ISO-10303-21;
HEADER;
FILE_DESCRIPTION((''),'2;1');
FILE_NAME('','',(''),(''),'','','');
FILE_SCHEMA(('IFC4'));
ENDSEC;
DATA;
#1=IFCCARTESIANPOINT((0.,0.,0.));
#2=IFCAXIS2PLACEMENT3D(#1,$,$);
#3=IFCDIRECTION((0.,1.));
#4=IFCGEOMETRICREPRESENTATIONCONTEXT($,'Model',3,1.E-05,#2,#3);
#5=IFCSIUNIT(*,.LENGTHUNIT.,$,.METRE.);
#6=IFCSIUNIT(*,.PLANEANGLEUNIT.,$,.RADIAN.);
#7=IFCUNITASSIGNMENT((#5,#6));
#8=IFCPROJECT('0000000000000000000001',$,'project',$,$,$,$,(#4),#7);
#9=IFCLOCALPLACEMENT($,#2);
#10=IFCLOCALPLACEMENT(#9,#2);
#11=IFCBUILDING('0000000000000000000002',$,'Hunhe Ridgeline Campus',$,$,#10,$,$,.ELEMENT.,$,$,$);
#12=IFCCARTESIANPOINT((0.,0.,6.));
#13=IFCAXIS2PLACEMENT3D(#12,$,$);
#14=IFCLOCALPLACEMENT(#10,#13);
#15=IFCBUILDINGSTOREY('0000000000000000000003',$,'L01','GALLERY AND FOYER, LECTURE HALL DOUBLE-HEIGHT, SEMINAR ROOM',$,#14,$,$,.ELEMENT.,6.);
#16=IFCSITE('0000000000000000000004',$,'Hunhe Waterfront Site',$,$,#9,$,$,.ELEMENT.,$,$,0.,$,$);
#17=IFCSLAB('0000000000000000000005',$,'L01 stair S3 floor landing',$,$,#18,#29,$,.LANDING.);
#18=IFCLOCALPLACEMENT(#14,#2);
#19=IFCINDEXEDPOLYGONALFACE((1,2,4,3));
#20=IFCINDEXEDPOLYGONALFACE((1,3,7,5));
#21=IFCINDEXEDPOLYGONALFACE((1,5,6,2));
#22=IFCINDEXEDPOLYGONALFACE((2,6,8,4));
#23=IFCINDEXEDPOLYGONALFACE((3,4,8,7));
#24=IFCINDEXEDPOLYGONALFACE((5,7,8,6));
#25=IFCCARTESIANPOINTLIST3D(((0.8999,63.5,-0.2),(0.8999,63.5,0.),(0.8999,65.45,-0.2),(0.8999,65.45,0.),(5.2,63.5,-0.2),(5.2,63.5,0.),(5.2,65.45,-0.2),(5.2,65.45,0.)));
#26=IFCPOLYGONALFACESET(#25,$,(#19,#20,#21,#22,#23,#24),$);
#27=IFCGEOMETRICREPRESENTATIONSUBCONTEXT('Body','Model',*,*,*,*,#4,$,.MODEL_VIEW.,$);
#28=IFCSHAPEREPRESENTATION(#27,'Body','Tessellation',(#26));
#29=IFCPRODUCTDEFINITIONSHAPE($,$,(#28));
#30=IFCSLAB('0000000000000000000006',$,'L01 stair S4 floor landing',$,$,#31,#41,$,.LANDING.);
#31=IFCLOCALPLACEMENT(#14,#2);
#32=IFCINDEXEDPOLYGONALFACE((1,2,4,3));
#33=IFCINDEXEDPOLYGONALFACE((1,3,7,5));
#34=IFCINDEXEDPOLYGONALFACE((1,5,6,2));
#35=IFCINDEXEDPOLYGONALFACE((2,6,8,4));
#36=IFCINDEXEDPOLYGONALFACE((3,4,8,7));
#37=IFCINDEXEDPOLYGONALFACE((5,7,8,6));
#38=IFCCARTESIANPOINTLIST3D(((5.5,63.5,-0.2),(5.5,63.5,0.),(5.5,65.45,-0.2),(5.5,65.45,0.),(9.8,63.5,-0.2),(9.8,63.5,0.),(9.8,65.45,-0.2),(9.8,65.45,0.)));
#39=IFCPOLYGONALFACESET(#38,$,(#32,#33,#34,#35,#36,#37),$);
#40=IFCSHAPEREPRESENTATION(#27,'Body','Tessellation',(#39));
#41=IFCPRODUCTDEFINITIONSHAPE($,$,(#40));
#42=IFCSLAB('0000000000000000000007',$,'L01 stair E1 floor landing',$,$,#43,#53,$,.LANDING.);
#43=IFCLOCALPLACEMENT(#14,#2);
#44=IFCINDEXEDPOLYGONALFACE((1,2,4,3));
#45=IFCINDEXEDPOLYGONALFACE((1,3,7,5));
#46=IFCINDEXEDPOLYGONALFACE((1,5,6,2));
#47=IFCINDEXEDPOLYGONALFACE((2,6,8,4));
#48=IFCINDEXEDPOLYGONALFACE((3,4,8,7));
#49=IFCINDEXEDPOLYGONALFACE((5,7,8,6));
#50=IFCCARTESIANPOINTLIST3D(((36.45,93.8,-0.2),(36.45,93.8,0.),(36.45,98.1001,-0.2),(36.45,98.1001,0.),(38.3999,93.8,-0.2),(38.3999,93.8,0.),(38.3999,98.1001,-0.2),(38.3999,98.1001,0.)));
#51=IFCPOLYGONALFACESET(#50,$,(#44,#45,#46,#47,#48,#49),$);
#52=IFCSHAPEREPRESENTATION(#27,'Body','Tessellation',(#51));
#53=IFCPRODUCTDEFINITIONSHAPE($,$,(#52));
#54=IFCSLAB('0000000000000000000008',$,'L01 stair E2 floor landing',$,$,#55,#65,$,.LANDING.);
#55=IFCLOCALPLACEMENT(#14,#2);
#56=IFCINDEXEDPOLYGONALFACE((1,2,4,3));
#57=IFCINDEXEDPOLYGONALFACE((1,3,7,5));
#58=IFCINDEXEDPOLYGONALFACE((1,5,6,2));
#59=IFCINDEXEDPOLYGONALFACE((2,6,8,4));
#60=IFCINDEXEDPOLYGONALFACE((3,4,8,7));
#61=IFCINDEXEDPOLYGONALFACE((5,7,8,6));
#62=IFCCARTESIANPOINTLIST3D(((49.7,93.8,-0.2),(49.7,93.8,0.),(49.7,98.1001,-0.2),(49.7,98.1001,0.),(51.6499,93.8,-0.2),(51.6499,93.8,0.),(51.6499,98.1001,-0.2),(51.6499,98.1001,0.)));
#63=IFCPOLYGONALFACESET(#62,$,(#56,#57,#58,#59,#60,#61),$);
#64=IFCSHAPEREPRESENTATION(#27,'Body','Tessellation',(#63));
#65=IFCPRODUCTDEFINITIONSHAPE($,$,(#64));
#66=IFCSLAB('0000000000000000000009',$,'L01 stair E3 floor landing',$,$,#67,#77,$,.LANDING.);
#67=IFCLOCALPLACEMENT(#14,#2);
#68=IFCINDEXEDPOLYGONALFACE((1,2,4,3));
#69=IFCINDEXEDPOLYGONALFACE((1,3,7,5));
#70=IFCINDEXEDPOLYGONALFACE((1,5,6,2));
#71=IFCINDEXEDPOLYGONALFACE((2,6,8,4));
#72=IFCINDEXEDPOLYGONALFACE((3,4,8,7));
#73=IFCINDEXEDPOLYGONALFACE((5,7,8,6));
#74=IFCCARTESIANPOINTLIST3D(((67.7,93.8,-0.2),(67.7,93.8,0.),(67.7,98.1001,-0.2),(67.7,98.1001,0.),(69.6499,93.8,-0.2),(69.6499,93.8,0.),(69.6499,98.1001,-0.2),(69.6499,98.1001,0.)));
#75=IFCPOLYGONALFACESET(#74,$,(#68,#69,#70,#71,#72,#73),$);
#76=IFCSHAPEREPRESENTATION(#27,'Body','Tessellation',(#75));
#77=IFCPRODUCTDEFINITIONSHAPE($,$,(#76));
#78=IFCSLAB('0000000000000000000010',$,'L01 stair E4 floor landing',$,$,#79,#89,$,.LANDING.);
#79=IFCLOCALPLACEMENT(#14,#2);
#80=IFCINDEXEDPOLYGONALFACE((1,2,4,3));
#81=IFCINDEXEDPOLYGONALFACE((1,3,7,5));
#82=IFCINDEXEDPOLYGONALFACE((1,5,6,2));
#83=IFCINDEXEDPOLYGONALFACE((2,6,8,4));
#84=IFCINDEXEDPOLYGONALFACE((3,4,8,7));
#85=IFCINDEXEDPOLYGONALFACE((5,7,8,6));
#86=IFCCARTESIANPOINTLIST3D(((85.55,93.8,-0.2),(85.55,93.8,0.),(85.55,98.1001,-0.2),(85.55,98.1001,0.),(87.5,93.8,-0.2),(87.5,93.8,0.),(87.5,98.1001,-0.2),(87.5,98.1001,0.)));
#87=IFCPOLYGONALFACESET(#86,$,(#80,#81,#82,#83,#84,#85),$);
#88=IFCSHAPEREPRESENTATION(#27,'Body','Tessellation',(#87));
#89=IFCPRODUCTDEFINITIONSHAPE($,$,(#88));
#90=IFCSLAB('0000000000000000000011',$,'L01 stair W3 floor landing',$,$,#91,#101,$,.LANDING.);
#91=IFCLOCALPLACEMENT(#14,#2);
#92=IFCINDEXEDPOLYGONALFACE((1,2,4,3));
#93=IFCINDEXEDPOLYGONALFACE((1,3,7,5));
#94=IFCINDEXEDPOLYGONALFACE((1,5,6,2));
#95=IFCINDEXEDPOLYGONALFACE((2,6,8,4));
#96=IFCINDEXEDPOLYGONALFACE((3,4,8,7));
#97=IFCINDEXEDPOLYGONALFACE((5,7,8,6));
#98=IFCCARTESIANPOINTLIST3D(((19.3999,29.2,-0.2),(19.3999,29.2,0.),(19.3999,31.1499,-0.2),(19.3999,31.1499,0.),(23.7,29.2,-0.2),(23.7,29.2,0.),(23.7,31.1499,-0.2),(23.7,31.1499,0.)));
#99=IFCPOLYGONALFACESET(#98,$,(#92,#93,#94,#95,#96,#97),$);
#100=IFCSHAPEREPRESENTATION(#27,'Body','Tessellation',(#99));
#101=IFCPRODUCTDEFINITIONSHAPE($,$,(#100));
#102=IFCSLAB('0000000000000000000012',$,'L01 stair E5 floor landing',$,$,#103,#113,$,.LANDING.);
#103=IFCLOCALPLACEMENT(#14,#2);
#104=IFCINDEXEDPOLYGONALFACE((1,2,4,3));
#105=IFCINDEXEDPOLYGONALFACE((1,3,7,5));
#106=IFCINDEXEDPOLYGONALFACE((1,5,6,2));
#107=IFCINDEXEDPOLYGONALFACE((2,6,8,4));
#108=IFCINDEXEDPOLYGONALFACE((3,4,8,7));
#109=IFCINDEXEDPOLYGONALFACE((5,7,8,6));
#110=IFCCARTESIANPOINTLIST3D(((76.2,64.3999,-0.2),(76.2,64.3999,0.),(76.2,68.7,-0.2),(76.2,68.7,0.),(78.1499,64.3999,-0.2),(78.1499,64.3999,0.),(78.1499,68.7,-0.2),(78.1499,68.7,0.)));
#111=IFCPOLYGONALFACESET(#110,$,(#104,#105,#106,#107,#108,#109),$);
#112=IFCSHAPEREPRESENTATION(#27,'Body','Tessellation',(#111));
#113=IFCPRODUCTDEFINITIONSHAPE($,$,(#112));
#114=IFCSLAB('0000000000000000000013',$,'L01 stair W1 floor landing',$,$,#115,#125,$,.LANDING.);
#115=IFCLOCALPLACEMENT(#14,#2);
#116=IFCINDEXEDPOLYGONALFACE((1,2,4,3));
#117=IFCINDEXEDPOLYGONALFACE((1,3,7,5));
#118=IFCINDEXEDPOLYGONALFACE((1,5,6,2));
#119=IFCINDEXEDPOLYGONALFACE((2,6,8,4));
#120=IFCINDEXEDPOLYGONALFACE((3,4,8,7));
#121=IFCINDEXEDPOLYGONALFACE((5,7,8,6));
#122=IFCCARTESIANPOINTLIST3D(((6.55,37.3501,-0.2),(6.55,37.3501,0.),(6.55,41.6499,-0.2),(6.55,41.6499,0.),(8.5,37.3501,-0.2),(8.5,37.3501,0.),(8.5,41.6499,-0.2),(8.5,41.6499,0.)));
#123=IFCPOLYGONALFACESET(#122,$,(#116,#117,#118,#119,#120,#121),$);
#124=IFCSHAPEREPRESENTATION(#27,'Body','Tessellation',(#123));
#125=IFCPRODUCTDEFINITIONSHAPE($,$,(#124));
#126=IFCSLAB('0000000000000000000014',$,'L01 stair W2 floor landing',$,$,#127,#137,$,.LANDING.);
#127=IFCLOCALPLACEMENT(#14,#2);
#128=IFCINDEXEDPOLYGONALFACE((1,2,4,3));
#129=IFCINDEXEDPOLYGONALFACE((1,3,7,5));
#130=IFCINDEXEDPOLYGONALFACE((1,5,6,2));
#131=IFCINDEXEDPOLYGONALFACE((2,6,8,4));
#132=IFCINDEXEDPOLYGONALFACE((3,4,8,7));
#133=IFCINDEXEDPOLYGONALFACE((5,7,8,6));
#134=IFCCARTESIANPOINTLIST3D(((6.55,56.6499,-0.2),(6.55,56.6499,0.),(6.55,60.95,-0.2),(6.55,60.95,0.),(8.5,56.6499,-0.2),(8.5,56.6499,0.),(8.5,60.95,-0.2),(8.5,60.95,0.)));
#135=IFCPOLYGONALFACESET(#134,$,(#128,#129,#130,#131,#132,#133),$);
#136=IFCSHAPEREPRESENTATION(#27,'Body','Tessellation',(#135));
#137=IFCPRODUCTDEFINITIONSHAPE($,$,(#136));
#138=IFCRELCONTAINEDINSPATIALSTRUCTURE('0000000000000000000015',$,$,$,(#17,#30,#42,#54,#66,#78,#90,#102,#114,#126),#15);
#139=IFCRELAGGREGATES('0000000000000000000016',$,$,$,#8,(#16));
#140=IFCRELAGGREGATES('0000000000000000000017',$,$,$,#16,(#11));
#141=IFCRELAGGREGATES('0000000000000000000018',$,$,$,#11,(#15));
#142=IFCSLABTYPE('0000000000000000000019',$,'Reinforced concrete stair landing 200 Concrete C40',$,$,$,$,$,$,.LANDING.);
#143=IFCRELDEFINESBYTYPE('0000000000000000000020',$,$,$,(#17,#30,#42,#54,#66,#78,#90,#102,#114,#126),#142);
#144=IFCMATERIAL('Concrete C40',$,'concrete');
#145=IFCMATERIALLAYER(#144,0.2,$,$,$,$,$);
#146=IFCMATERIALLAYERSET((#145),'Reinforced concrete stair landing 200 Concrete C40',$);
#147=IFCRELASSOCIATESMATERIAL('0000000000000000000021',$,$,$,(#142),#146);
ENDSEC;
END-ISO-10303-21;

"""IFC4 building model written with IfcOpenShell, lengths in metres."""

from ifc_helpers import new_model, si_unit, direction, frame, origin, place, context, subcontext, project, spatial, polyline, outline, extrude, material, layer, layer_set, type_object, element, save


model = new_model("IFC4")

# Units and contexts
model_context = context("Model", 3, precision=1e-05, world=origin(), true_north=direction((0.0, 1.0)))
body_context = subcontext(model_context, "Body", "Model", "MODEL_VIEW")
ifc_project = project(units=[si_unit("LENGTHUNIT", "METRE"), si_unit("PLANEANGLEUNIT", "RADIAN")], contexts=[model_context])

# Site, building, storey
site_placement = place(None, origin())
site = spatial("IfcSite", under=ifc_project, at=site_placement, Name="Hunhe Waterfront Site", CompositionType="ELEMENT", RefElevation=0.0)
building_placement = place(site_placement, origin())
building = spatial("IfcBuilding", under=site, at=building_placement, Name="Hunhe Ridgeline Campus", CompositionType="ELEMENT")
storey_placement = place(building_placement, frame((0.0, 0.0, 6.0)))
storey = spatial("IfcBuildingStorey", under=building, at=storey_placement, Name="L01", Description="GALLERY AND FOYER, LECTURE HALL DOUBLE-HEIGHT, SEMINAR ROOM", CompositionType="ELEMENT", Elevation=6.0)

# Shared definitions
ifc_material = material(Name="Concrete C40", Category="concrete")

# Slabs
ifc_layer_1 = layer(ifc_material, 0.2)
ifc_layer_set_1 = layer_set([ifc_layer_1], Name="Reinforced concrete stair landing 200 Concrete C40")
slab_type_1 = type_object("IfcSlabType", Name="Reinforced concrete stair landing 200 Concrete C40", PredefinedType="LANDING", material=ifc_layer_set_1)
slab_1_placement = place(storey_placement, frame((0.0, 0.0, -0.2)))
element("IfcSlab", 1, at=slab_1_placement, inside=storey, type_object=slab_type_1, Name="L01 stair S3 floor landing", PredefinedType="LANDING", context=body_context, shape_type="SweptSolid", body=[
    extrude(outline(polyline([(5.2, 63.5), (5.2, 65.45), (0.8999, 65.45), (0.8999, 63.5), (5.2, 63.5)])), origin(), (0.0, 0.0, 1.0), 0.2),
])
slab_2_placement = place(storey_placement, frame((0.0, 0.0, -0.2)))
element("IfcSlab", 2, at=slab_2_placement, inside=storey, type_object=slab_type_1, Name="L01 stair S4 floor landing", PredefinedType="LANDING", context=body_context, shape_type="SweptSolid", body=[
    extrude(outline(polyline([(9.8, 63.5), (9.8, 65.45), (5.5, 65.45), (5.5, 63.5), (9.8, 63.5)])), origin(), (0.0, 0.0, 1.0), 0.2),
])
slab_3_placement = place(storey_placement, frame((0.0, 0.0, -0.2)))
element("IfcSlab", 3, at=slab_3_placement, inside=storey, type_object=slab_type_1, Name="L01 stair E1 floor landing", PredefinedType="LANDING", context=body_context, shape_type="SweptSolid", body=[
    extrude(outline(polyline([(36.45, 93.8), (38.3999, 93.8), (38.3999, 98.1001), (36.45, 98.1001), (36.45, 93.8)])), origin(), (0.0, 0.0, 1.0), 0.2),
])
slab_4_placement = place(storey_placement, frame((0.0, 0.0, -0.2)))
element("IfcSlab", 4, at=slab_4_placement, inside=storey, type_object=slab_type_1, Name="L01 stair E2 floor landing", PredefinedType="LANDING", context=body_context, shape_type="SweptSolid", body=[
    extrude(outline(polyline([(49.7, 93.8), (51.6499, 93.8), (51.6499, 98.1001), (49.7, 98.1001), (49.7, 93.8)])), origin(), (0.0, 0.0, 1.0), 0.2),
])
slab_5_placement = place(storey_placement, frame((0.0, 0.0, -0.2)))
element("IfcSlab", 5, at=slab_5_placement, inside=storey, type_object=slab_type_1, Name="L01 stair E3 floor landing", PredefinedType="LANDING", context=body_context, shape_type="SweptSolid", body=[
    extrude(outline(polyline([(67.7, 93.8), (69.6499, 93.8), (69.6499, 98.1001), (67.7, 98.1001), (67.7, 93.8)])), origin(), (0.0, 0.0, 1.0), 0.2),
])
slab_6_placement = place(storey_placement, frame((0.0, 0.0, -0.2)))
element("IfcSlab", 6, at=slab_6_placement, inside=storey, type_object=slab_type_1, Name="L01 stair E4 floor landing", PredefinedType="LANDING", context=body_context, shape_type="SweptSolid", body=[
    extrude(outline(polyline([(85.55, 93.8), (87.5, 93.8), (87.5, 98.1001), (85.55, 98.1001), (85.55, 93.8)])), origin(), (0.0, 0.0, 1.0), 0.2),
])
slab_7_placement = place(storey_placement, frame((0.0, 0.0, -0.2)))
element("IfcSlab", 7, at=slab_7_placement, inside=storey, type_object=slab_type_1, Name="L01 stair W3 floor landing", PredefinedType="LANDING", context=body_context, shape_type="SweptSolid", body=[
    extrude(outline(polyline([(23.7, 29.2), (23.7, 31.1499), (19.3999, 31.1499), (19.3999, 29.2), (23.7, 29.2)])), origin(), (0.0, 0.0, 1.0), 0.2),
])
slab_8_placement = place(storey_placement, frame((0.0, 0.0, -0.2)))
element("IfcSlab", 8, at=slab_8_placement, inside=storey, type_object=slab_type_1, Name="L01 stair E5 floor landing", PredefinedType="LANDING", context=body_context, shape_type="SweptSolid", body=[
    extrude(outline(polyline([(76.2, 64.3999), (78.1499, 64.3999), (78.1499, 68.7), (76.2, 68.7), (76.2, 64.3999)])), origin(), (0.0, 0.0, 1.0), 0.2),
])
slab_9_placement = place(storey_placement, frame((0.0, 0.0, -0.2)))
element("IfcSlab", 9, at=slab_9_placement, inside=storey, type_object=slab_type_1, Name="L01 stair W1 floor landing", PredefinedType="LANDING", context=body_context, shape_type="SweptSolid", body=[
    extrude(outline(polyline([(8.5, 41.6499), (6.55, 41.6499), (6.55, 37.3501), (8.5, 37.3501), (8.5, 41.6499)])), origin(), (0.0, 0.0, 1.0), 0.2),
])
slab_10_placement = place(storey_placement, frame((0.0, 0.0, -0.2)))
element("IfcSlab", 10, at=slab_10_placement, inside=storey, type_object=slab_type_1, Name="L01 stair W2 floor landing", PredefinedType="LANDING", context=body_context, shape_type="SweptSolid", body=[
    extrude(outline(polyline([(8.5, 60.95), (6.55, 60.95), (6.55, 56.6499), (8.5, 56.6499), (8.5, 60.95)])), origin(), (0.0, 0.0, 1.0), 0.2),
])

save(model, "model.ifc")
